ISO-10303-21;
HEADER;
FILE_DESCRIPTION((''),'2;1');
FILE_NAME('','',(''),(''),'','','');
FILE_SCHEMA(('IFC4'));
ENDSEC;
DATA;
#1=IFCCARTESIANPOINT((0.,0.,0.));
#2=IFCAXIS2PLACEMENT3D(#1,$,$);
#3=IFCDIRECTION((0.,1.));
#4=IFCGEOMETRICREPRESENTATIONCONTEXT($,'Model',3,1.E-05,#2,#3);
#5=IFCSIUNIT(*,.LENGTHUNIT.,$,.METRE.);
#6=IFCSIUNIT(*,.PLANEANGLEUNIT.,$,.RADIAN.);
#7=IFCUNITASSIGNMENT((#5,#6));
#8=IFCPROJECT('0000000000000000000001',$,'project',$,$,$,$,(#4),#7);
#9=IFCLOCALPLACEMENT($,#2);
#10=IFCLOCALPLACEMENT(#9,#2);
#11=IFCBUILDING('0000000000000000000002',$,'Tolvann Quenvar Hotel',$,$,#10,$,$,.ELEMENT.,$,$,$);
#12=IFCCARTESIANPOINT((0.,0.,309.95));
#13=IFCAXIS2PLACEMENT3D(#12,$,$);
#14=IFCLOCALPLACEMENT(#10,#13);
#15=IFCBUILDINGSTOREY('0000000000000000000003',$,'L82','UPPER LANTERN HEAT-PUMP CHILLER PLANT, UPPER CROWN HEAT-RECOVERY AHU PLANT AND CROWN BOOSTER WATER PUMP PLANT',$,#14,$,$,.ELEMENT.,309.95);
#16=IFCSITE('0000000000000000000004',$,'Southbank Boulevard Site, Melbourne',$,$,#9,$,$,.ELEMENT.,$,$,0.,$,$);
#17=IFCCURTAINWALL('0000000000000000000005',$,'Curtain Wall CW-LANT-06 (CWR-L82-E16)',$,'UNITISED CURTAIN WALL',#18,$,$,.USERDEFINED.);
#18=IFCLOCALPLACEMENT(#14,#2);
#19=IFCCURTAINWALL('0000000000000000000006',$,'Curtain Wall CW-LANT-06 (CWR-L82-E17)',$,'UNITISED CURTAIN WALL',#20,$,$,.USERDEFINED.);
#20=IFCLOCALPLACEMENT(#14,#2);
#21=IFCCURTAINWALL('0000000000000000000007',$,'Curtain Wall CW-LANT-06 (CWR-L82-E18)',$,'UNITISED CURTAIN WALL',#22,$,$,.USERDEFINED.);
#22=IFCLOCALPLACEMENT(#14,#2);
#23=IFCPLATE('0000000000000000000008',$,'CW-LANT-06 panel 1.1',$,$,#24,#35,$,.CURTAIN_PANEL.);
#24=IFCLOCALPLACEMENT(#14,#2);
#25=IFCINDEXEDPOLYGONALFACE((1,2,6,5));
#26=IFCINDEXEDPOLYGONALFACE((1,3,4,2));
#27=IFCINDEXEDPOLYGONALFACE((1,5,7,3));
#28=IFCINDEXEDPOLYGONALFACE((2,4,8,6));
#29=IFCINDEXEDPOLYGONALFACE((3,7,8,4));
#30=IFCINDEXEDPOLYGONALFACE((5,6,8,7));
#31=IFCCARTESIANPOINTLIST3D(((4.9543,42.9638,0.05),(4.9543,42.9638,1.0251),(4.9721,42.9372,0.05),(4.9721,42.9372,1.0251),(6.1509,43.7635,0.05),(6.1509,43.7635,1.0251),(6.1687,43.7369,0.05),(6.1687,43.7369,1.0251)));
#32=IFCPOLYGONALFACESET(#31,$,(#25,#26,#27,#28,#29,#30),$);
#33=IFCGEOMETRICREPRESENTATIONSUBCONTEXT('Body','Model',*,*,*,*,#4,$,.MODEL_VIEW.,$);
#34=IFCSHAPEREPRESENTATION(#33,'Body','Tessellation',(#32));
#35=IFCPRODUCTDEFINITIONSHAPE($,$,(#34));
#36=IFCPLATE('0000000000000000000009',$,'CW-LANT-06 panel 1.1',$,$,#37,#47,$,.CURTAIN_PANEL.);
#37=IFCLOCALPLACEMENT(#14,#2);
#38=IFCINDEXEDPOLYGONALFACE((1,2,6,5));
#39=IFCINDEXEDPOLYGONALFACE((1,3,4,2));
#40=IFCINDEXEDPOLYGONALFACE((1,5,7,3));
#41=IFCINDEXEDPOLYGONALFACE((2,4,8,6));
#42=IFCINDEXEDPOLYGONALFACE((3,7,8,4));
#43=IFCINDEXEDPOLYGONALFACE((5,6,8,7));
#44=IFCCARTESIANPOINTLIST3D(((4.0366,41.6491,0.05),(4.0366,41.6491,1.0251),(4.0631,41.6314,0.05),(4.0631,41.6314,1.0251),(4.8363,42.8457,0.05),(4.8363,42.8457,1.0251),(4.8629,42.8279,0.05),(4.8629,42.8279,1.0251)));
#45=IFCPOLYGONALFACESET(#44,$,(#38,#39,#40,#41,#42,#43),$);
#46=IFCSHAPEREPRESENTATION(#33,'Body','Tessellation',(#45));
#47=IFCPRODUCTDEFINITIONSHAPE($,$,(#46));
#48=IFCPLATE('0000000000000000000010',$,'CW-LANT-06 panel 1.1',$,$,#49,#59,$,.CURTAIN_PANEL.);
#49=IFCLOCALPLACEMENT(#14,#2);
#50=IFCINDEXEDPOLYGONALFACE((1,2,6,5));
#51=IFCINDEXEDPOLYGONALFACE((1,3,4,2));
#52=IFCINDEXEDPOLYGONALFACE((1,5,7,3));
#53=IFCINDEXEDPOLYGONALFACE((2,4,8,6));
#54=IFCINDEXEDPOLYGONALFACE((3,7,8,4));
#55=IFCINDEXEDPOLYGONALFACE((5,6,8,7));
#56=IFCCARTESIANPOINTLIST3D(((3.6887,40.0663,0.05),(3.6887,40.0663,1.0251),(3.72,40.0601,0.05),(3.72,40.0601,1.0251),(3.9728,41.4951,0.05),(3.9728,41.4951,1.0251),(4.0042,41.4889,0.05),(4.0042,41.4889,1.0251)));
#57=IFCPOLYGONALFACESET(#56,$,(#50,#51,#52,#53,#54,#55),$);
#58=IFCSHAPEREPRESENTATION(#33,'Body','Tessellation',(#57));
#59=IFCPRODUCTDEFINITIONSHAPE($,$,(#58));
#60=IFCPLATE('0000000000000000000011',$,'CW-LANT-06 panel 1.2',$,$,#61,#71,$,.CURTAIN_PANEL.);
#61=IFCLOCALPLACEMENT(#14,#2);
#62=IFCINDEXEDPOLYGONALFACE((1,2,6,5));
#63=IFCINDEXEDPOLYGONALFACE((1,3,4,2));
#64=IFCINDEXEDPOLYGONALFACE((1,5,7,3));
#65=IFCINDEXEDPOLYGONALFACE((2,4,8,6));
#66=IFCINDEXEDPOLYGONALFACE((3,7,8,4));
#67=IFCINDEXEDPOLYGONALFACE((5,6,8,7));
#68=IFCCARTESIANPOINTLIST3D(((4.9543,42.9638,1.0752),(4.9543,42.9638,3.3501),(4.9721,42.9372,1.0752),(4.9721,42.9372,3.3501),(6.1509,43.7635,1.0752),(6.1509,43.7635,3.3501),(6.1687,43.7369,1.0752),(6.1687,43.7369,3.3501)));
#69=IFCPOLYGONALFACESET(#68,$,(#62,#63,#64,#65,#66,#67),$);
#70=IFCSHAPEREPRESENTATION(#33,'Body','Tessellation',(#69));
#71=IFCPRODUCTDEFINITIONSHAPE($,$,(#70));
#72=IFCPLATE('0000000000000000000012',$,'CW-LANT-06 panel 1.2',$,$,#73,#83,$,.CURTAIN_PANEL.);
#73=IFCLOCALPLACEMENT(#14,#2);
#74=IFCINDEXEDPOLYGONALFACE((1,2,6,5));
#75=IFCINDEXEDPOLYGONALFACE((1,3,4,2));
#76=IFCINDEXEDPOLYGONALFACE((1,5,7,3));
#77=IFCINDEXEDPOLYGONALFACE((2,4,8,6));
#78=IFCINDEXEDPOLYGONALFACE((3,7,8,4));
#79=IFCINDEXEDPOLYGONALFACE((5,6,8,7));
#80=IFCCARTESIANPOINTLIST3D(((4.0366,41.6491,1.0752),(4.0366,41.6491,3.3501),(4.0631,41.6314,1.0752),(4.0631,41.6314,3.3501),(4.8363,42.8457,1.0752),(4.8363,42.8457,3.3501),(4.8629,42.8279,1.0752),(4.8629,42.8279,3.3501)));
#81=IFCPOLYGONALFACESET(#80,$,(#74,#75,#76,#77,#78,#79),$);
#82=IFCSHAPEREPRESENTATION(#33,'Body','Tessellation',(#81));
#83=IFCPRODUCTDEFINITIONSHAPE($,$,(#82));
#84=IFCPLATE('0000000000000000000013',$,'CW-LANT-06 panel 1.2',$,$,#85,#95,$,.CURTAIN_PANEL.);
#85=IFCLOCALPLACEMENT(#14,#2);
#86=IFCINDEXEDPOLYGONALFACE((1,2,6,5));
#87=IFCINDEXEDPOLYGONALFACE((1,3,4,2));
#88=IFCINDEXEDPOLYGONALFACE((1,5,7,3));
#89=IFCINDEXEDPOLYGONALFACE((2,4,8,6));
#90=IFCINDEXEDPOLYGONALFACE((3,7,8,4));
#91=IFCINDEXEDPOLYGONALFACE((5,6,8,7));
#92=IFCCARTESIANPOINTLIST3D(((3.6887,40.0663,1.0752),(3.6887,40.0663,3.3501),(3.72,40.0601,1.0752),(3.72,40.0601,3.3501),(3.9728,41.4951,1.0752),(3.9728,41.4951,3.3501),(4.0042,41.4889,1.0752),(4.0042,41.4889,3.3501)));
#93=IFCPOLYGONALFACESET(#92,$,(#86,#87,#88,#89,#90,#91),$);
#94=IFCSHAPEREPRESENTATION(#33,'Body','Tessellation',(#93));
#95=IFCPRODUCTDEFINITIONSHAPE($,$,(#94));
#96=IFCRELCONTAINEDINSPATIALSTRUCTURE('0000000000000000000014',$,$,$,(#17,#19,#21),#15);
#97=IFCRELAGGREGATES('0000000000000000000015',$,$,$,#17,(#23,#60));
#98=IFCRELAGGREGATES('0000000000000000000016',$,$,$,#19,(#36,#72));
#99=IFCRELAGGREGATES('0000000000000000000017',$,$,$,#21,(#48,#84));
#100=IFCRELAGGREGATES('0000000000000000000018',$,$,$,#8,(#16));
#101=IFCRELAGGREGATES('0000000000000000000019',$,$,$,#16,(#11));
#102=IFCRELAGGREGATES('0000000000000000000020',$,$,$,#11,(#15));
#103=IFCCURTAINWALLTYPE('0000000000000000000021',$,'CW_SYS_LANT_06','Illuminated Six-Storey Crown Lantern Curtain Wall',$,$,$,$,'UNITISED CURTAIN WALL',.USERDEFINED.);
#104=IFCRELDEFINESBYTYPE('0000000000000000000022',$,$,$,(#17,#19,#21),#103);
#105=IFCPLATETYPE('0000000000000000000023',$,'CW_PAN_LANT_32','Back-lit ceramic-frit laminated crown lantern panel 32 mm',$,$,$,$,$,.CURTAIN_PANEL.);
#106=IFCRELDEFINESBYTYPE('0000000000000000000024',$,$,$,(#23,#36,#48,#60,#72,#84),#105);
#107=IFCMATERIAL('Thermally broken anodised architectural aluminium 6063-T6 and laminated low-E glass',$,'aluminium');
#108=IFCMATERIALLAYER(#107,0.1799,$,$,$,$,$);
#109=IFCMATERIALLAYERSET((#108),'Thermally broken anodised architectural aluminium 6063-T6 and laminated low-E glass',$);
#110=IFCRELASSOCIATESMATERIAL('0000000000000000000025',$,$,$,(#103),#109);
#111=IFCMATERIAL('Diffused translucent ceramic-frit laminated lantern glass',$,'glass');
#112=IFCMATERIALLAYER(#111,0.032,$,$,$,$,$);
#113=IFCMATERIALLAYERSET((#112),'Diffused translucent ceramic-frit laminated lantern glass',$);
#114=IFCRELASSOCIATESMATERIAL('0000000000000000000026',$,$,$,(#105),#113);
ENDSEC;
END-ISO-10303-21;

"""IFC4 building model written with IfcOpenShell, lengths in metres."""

from ifc_helpers import new_model, si_unit, direction, frame, origin, origin_2d, place, context, subcontext, project, spatial, rectangle, extrude, source, transform, mapped, material, layer, layer_set, type_object, type_shapes, element, aggregate, save


model = new_model("IFC4")

# Units and contexts
model_context = context("Model", 3, precision=1e-05, world=origin(), true_north=direction((0.0, 1.0)))
body_context = subcontext(model_context, "Body", "Model", "MODEL_VIEW")
ifc_project = project(units=[si_unit("LENGTHUNIT", "METRE"), si_unit("PLANEANGLEUNIT", "RADIAN")], contexts=[model_context])

# Site, building, storey
site_placement = place(None, origin())
site = spatial("IfcSite", under=ifc_project, at=site_placement, Name="Southbank Boulevard Site, Melbourne", CompositionType="ELEMENT", RefElevation=0.0)
building_placement = place(site_placement, origin())
building = spatial("IfcBuilding", under=site, at=building_placement, Name="Tolvann Quenvar Hotel", CompositionType="ELEMENT")
storey_placement = place(building_placement, frame((0.0, 0.0, 309.95)))
storey = spatial("IfcBuildingStorey", under=building, at=storey_placement, Name="L82", Description="UPPER LANTERN HEAT-PUMP CHILLER PLANT, UPPER CROWN HEAT-RECOVERY AHU PLANT AND CROWN BOOSTER WATER PUMP PLANT", CompositionType="ELEMENT", Elevation=309.95)

# Curtain walls
ifc_material_1 = material(Name="Thermally broken anodised architectural aluminium 6063-T6 and laminated low-E glass", Category="aluminium")
ifc_layer_1 = layer(ifc_material_1, 0.1799)
ifc_layer_set_1 = layer_set([ifc_layer_1], Name="Thermally broken anodised architectural aluminium 6063-T6 and laminated low-E glass")
curtain_wall_type = type_object("IfcCurtainWallType", Name="CW_SYS_LANT_06", Description="Illuminated Six-Storey Crown Lantern Curtain Wall", ElementType="UNITISED CURTAIN WALL", PredefinedType="USERDEFINED", material=ifc_layer_set_1)
curtain_wall_1_placement = place(storey_placement, origin())
curtain_wall_1 = element("IfcCurtainWall", 1, at=curtain_wall_1_placement, inside=storey, type_object=curtain_wall_type, Name="Curtain Wall CW-LANT-06 (CWR-L82-E16)", ObjectType="UNITISED CURTAIN WALL", PredefinedType="USERDEFINED")
curtain_wall_2_placement = place(storey_placement, origin())
curtain_wall_2 = element("IfcCurtainWall", 2, at=curtain_wall_2_placement, inside=storey, type_object=curtain_wall_type, Name="Curtain Wall CW-LANT-06 (CWR-L82-E17)", ObjectType="UNITISED CURTAIN WALL", PredefinedType="USERDEFINED")
curtain_wall_3_placement = place(storey_placement, origin())
curtain_wall_3 = element("IfcCurtainWall", 3, at=curtain_wall_3_placement, inside=storey, type_object=curtain_wall_type, Name="Curtain Wall CW-LANT-06 (CWR-L82-E18)", ObjectType="UNITISED CURTAIN WALL", PredefinedType="USERDEFINED")

# Plates
ifc_material_2 = material(Name="Diffused translucent ceramic-frit laminated lantern glass", Category="glass")
ifc_layer_2 = layer(ifc_material_2, 0.032)
ifc_layer_set_2 = layer_set([ifc_layer_2], Name="Diffused translucent ceramic-frit laminated lantern glass")
plate_type_1 = type_object("IfcPlateType", Name="CW_PAN_LANT_32", Description="Back-lit ceramic-frit laminated crown lantern panel 32 mm", PredefinedType="CURTAIN_PANEL", material=ifc_layer_set_2)
shared_shape_1 = source(origin(), body_context, "Body", "SweptSolid", [
    extrude(rectangle(XDim=1.4392, YDim=0.032, at=origin_2d()), origin(), (0.0, 0.0, 1.0), 0.9751),
])
plate_1_placement = place(storey_placement, frame((5.5615, 43.3503, 0.05), z_axis=(0.0, 0.0, 1.0), x_axis=(-0.831412, -0.555656, 0.0)))
plate_1 = element("IfcPlate", 4, at=plate_1_placement, type_object=plate_type_1, Name="CW-LANT-06 panel 1.1", PredefinedType="CURTAIN_PANEL", context=body_context, shape_type="MappedRepresentation", body=[
    mapped(shared_shape_1, transform((0.0, 0.0, 0.0), x_axis=(1.0, 0.0, 0.0), y_axis=(0.0, 1.0, 0.0), z_axis=(0.0, 0.0, 1.0), scale=1.0)),
])
plate_2_placement = place(storey_placement, frame((4.4497, 42.2385, 0.05), z_axis=(0.0, 0.0, 1.0), x_axis=(-0.555656, -0.831412, 0.0)))
plate_2 = element("IfcPlate", 5, at=plate_2_placement, type_object=plate_type_1, Name="CW-LANT-06 panel 1.1", PredefinedType="CURTAIN_PANEL", context=body_context, shape_type="MappedRepresentation", body=[
    mapped(shared_shape_1, transform((0.0, 0.0, 0.0), x_axis=(1.0, 0.0, 0.0), y_axis=(0.0, 1.0, 0.0), z_axis=(0.0, 0.0, 1.0), scale=1.0)),
])
shared_shape_2 = source(origin(), body_context, "Body", "SweptSolid", [
    extrude(rectangle(XDim=1.4568, YDim=0.032, at=origin_2d()), origin(), (0.0, 0.0, 1.0), 0.9751),
])
plate_3_placement = place(storey_placement, frame((3.8464, 40.7776, 0.05), z_axis=(0.0, 0.0, 1.0), x_axis=(-0.195062, -0.980791, 0.0)))
plate_3 = element("IfcPlate", 6, at=plate_3_placement, type_object=plate_type_1, Name="CW-LANT-06 panel 1.1", PredefinedType="CURTAIN_PANEL", context=body_context, shape_type="MappedRepresentation", body=[
    mapped(shared_shape_2, transform((0.0, 0.0, 0.0), x_axis=(1.0, 0.0, 0.0), y_axis=(0.0, 1.0, 0.0), z_axis=(0.0, 0.0, 1.0), scale=1.0)),
])
shared_shape_3 = source(origin(), body_context, "Body", "SweptSolid", [
    extrude(rectangle(XDim=1.4392, YDim=0.032, at=origin_2d()), origin(), (0.0, 0.0, 1.0), 2.2749),
])
plate_4_placement = place(storey_placement, frame((5.5615, 43.3503, 1.0752), z_axis=(0.0, 0.0, 1.0), x_axis=(-0.831412, -0.555656, 0.0)))
plate_4 = element("IfcPlate", 7, at=plate_4_placement, type_object=plate_type_1, Name="CW-LANT-06 panel 1.2", PredefinedType="CURTAIN_PANEL", context=body_context, shape_type="MappedRepresentation", body=[
    mapped(shared_shape_3, transform((0.0, 0.0, 0.0), x_axis=(1.0, 0.0, 0.0), y_axis=(0.0, 1.0, 0.0), z_axis=(0.0, 0.0, 1.0), scale=1.0)),
])
aggregate(curtain_wall_1, [plate_1, plate_4])
plate_5_placement = place(storey_placement, frame((4.4497, 42.2385, 1.0752), z_axis=(0.0, 0.0, 1.0), x_axis=(-0.555656, -0.831412, 0.0)))
plate_5 = element("IfcPlate", 8, at=plate_5_placement, type_object=plate_type_1, Name="CW-LANT-06 panel 1.2", PredefinedType="CURTAIN_PANEL", context=body_context, shape_type="MappedRepresentation", body=[
    mapped(shared_shape_3, transform((0.0, 0.0, 0.0), x_axis=(1.0, 0.0, 0.0), y_axis=(0.0, 1.0, 0.0), z_axis=(0.0, 0.0, 1.0), scale=1.0)),
])
aggregate(curtain_wall_2, [plate_2, plate_5])
shared_shape_4 = source(origin(), body_context, "Body", "SweptSolid", [
    extrude(rectangle(XDim=1.4568, YDim=0.032, at=origin_2d()), origin(), (0.0, 0.0, 1.0), 2.2749),
])
type_shapes(plate_type_1, [shared_shape_1, shared_shape_2, shared_shape_3, shared_shape_4])
plate_6_placement = place(storey_placement, frame((3.8464, 40.7776, 1.0752), z_axis=(0.0, 0.0, 1.0), x_axis=(-0.195062, -0.980791, 0.0)))
plate_6 = element("IfcPlate", 9, at=plate_6_placement, type_object=plate_type_1, Name="CW-LANT-06 panel 1.2", PredefinedType="CURTAIN_PANEL", context=body_context, shape_type="MappedRepresentation", body=[
    mapped(shared_shape_4, transform((0.0, 0.0, 0.0), x_axis=(1.0, 0.0, 0.0), y_axis=(0.0, 1.0, 0.0), z_axis=(0.0, 0.0, 1.0), scale=1.0)),
])
aggregate(curtain_wall_3, [plate_3, plate_6])

save(model, "model.ifc")
